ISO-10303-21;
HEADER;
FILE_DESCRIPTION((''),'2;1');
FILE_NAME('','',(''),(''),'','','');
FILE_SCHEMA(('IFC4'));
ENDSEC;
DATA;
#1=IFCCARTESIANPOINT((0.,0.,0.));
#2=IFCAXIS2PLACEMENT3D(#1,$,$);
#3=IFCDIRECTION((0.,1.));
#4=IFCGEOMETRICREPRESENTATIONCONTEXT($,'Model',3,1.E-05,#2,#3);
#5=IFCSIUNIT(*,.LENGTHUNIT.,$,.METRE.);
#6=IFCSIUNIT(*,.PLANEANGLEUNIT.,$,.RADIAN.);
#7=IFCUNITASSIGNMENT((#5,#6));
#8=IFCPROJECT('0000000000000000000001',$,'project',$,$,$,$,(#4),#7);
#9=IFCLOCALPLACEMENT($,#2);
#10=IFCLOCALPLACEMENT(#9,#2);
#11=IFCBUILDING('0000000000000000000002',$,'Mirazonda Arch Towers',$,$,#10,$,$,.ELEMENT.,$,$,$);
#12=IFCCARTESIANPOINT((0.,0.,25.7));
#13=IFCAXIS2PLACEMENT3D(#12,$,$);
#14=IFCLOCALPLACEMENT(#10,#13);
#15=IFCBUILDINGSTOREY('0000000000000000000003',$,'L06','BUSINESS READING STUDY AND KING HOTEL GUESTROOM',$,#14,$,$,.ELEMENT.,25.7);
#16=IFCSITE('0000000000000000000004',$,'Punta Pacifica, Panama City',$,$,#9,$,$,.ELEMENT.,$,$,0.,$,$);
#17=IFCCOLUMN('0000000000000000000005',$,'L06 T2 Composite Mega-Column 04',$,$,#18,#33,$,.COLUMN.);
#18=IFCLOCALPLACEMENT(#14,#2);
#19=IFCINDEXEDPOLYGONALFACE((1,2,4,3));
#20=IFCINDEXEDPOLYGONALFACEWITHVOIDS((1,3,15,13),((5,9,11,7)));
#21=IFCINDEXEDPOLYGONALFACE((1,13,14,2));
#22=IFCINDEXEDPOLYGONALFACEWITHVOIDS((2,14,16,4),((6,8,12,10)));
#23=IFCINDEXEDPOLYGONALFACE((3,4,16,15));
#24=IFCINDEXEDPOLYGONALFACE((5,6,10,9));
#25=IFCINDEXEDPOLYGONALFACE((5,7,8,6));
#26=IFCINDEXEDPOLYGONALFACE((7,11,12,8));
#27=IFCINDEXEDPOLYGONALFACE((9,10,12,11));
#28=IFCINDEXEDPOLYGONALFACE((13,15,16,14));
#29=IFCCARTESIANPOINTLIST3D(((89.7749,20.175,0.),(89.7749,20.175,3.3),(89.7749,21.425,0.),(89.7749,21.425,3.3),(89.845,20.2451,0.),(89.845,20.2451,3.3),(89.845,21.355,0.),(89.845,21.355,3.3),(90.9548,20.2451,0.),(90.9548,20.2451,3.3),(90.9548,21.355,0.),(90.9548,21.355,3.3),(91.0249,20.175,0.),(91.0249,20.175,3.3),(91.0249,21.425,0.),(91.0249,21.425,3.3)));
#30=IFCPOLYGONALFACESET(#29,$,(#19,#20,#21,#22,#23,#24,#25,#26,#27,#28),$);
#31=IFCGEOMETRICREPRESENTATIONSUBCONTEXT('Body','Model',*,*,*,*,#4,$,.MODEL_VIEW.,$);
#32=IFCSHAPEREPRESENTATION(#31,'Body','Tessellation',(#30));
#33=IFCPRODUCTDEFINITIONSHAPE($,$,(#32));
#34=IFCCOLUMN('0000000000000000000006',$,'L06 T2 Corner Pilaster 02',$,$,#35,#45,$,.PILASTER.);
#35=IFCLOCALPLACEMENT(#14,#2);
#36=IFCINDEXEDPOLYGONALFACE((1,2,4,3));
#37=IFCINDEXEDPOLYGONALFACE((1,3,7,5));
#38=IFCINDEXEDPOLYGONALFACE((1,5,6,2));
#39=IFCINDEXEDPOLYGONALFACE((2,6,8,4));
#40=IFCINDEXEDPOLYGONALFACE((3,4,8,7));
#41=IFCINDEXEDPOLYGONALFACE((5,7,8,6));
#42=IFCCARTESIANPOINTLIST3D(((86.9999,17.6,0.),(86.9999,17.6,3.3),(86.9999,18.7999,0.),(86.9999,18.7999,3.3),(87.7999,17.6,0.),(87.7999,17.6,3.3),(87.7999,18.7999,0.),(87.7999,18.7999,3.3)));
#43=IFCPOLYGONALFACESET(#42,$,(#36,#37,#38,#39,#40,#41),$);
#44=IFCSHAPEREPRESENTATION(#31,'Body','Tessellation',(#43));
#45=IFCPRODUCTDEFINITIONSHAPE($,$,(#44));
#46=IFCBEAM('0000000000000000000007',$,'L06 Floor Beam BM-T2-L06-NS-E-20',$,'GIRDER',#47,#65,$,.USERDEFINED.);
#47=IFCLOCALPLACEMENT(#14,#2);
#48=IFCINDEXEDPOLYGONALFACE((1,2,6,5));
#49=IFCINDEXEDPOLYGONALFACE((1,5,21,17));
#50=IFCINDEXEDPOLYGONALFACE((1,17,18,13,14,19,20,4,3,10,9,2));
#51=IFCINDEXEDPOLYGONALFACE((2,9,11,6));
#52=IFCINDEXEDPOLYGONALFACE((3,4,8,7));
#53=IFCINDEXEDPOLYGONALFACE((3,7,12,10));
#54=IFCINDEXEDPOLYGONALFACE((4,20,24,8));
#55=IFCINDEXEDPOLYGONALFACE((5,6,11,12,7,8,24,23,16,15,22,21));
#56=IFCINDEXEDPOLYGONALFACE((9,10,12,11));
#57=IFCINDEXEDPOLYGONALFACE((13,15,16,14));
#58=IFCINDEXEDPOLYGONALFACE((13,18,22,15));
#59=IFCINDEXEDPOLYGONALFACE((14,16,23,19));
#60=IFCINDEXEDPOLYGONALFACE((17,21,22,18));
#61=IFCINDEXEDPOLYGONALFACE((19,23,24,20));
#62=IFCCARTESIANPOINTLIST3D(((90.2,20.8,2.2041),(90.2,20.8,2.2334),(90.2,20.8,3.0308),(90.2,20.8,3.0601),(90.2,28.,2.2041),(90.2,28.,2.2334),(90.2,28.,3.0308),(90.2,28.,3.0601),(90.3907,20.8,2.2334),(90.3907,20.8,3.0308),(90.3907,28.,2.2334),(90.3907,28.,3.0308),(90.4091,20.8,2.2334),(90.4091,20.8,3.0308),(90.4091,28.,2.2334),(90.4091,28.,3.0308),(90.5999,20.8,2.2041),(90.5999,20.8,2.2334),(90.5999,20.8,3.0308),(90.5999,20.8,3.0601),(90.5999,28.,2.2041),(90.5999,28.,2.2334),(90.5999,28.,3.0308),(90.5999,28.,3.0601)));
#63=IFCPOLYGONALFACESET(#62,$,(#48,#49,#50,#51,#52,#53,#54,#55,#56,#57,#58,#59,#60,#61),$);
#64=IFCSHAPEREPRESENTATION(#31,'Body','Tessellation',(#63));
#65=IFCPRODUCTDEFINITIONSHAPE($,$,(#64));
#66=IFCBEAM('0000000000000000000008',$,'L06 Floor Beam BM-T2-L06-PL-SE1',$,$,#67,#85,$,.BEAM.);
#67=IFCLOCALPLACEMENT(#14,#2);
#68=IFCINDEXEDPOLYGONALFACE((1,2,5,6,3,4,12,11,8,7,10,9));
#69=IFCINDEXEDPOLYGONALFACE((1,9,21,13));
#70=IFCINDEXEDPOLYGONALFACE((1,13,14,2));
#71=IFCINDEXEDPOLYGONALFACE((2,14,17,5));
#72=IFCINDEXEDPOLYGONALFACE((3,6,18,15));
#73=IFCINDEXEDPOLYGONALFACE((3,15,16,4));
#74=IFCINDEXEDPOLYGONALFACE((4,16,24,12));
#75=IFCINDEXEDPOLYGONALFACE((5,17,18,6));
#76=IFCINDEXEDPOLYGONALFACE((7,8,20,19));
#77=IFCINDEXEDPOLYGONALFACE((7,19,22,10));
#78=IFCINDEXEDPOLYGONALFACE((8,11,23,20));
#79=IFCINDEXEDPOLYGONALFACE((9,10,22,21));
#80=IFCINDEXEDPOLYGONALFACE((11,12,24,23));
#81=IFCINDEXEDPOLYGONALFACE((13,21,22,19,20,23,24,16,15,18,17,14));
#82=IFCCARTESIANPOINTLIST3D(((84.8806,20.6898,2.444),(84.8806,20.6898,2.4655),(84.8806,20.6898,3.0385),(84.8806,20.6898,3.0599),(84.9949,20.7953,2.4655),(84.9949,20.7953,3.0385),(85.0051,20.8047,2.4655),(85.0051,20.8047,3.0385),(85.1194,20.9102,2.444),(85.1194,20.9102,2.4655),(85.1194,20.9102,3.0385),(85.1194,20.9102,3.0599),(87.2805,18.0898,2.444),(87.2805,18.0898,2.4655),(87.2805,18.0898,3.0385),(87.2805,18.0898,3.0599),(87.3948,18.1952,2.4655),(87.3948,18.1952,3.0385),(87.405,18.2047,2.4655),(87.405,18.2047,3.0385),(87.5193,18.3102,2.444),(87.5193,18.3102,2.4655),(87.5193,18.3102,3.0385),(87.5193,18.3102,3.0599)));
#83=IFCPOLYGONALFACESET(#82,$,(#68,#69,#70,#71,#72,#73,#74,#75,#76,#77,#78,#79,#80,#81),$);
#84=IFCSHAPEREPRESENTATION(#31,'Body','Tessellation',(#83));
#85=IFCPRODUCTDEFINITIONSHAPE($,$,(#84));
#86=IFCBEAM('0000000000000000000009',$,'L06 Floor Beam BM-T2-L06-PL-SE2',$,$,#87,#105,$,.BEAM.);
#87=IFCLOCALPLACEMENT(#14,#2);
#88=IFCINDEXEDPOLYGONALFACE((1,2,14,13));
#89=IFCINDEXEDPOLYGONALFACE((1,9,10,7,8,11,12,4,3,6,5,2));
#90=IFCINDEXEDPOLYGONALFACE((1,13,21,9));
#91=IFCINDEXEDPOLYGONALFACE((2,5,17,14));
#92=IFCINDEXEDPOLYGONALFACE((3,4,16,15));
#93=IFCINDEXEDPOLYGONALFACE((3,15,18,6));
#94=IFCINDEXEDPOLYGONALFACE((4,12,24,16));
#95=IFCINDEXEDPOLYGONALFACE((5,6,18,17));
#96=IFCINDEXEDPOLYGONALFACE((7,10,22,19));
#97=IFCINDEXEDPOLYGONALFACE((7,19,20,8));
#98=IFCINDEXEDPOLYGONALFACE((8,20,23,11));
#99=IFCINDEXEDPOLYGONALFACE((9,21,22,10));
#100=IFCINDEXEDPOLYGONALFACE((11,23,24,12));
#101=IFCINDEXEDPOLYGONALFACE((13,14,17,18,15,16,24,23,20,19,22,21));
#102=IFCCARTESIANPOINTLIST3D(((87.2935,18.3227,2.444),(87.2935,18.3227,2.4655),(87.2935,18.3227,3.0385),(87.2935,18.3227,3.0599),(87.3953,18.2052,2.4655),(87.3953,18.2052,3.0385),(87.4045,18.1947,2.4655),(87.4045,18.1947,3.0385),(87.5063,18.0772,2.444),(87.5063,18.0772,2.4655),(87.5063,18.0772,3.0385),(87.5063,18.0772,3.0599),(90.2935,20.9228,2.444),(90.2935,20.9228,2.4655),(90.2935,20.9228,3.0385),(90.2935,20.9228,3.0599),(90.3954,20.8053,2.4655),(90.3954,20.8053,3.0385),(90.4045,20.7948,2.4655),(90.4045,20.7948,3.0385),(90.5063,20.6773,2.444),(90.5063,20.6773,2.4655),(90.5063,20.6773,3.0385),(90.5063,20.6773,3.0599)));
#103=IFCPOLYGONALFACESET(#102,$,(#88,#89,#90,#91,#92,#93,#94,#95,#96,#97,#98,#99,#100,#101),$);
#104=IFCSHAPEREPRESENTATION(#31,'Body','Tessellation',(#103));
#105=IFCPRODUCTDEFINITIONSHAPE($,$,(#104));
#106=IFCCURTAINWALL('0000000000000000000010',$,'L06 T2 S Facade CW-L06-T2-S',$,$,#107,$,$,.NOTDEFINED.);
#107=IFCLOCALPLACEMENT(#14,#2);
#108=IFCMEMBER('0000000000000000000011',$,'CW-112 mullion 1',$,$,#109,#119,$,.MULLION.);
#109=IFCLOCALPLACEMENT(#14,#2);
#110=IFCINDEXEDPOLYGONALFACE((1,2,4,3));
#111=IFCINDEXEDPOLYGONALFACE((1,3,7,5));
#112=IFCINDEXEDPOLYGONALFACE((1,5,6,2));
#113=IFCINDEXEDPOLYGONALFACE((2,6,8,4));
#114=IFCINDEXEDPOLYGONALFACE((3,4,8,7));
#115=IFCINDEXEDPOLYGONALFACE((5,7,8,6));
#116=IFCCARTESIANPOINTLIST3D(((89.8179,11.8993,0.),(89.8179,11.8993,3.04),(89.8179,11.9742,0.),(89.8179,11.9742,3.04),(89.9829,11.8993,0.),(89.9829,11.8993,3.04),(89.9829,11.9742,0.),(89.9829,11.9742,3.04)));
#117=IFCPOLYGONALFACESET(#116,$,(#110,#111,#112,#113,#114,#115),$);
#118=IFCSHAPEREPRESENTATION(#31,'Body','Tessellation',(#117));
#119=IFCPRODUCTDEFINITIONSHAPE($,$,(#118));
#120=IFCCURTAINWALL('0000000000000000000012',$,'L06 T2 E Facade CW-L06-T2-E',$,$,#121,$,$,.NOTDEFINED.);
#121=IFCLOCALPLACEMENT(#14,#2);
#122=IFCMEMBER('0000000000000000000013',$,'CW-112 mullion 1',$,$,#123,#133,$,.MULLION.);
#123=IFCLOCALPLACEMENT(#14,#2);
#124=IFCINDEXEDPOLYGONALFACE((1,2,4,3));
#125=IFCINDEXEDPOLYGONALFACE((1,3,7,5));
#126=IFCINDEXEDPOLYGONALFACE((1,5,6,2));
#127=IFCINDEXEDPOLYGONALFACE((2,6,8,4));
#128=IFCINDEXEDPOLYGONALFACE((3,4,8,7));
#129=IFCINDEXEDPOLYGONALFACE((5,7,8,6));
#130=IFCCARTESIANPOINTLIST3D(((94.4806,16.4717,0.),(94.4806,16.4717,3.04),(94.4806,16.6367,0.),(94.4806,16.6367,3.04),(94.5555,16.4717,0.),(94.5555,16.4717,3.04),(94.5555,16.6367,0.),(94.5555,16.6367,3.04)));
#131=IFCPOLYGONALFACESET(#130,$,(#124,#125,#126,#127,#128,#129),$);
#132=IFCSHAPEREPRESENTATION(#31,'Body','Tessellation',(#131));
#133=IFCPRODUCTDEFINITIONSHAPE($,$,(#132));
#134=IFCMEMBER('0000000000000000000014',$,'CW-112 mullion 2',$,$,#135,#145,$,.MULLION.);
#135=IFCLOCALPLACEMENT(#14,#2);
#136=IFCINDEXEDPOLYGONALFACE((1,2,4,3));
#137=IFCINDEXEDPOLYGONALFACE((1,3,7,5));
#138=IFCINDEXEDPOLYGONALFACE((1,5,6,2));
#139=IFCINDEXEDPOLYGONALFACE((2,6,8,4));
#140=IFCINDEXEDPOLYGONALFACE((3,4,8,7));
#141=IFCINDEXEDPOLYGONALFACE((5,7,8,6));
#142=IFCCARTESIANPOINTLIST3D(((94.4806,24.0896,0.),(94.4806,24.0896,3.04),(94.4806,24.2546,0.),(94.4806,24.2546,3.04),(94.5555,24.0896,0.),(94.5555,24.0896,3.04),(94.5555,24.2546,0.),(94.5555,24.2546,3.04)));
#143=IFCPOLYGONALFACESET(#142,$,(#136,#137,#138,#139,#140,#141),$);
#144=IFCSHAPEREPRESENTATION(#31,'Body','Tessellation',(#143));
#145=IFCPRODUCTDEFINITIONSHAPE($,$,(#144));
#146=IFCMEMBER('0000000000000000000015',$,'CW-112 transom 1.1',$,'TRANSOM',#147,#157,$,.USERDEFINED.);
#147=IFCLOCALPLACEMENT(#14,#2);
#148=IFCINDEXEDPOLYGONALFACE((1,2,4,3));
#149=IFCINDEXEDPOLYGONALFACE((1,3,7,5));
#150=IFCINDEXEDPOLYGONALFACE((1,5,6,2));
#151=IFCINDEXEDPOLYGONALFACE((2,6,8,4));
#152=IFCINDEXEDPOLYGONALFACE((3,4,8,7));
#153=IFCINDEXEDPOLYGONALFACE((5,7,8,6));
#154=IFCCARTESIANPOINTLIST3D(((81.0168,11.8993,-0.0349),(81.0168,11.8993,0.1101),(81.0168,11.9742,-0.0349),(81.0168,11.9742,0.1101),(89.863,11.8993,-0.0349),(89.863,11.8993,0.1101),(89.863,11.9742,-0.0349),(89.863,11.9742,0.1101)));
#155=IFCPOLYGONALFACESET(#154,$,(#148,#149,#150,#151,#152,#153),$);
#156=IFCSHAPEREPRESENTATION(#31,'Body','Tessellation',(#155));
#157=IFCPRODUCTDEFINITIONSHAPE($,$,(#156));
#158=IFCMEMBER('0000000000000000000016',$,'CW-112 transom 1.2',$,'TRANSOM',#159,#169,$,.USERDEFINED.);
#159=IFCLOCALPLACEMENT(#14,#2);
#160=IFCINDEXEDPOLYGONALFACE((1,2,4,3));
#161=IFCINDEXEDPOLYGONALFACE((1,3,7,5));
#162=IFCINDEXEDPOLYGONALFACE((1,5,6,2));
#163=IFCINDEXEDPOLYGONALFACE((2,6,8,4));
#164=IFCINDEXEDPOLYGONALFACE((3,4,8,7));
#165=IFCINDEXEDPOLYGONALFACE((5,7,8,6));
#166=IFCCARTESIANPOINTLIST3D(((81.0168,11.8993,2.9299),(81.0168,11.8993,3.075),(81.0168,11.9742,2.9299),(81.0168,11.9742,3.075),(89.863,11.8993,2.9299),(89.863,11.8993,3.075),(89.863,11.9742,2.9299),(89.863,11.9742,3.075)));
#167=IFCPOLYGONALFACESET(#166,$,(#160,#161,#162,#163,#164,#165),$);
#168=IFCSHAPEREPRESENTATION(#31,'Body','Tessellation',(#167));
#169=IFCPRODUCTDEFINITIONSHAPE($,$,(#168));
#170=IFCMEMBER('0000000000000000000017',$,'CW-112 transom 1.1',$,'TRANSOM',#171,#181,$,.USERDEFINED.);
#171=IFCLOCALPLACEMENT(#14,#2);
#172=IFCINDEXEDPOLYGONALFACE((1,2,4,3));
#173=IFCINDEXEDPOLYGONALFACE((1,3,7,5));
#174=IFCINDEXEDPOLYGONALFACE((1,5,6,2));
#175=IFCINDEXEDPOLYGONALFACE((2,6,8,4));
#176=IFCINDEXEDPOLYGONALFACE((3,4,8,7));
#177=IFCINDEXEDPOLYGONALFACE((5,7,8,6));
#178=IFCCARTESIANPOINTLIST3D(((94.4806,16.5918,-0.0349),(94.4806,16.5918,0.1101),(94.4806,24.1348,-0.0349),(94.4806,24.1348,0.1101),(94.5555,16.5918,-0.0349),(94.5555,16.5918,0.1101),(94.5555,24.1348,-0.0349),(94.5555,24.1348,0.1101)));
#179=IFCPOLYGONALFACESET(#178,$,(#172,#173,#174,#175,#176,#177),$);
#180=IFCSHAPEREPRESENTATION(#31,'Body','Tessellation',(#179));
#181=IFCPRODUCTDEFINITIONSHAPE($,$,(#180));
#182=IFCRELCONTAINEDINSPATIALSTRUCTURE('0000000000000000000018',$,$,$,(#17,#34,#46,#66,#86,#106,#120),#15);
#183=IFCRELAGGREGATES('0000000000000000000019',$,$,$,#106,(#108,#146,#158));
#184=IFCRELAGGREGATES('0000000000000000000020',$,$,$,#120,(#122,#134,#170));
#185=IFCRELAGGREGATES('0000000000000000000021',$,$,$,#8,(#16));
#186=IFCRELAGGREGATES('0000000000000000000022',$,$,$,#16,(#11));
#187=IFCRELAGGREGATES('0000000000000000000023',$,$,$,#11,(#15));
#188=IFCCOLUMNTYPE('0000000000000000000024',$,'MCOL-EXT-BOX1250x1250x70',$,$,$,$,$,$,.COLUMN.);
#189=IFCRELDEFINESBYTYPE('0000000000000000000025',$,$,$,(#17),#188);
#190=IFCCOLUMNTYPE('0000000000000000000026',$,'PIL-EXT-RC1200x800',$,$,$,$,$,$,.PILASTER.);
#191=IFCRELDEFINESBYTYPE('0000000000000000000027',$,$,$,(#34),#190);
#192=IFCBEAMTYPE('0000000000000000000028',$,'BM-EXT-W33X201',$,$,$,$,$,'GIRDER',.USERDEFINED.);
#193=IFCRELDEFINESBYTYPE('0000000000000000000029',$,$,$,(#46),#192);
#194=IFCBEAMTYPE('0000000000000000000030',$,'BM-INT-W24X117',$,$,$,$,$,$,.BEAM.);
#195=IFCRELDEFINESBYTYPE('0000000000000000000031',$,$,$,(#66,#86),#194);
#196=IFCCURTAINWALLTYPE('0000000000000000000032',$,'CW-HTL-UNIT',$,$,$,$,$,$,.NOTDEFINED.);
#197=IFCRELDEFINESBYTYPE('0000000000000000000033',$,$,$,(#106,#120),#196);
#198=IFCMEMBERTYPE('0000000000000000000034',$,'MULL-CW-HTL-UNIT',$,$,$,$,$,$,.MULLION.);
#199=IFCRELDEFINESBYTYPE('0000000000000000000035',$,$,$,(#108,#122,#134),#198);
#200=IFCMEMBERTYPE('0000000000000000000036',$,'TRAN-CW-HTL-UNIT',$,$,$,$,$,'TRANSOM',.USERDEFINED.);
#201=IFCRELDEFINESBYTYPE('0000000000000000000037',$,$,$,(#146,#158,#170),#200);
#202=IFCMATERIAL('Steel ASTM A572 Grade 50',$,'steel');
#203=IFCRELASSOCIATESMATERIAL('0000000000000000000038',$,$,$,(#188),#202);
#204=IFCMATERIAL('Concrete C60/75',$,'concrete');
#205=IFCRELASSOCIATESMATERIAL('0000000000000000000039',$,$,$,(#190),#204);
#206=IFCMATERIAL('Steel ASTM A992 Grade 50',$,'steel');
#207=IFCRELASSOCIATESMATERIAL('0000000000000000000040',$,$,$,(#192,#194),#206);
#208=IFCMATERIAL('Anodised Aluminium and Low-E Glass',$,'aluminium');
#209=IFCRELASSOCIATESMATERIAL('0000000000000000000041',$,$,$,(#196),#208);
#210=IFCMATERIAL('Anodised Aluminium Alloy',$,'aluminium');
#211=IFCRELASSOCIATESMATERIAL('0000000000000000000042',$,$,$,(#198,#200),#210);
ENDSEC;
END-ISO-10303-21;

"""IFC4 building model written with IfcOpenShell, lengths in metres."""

from ifc_helpers import new_model, si_unit, direction, frame, origin, origin_2d, place, context, subcontext, project, spatial, rectangle, hollow_rectangle, i_section, extrude, material, material_profile, profile_set, type_object, element, aggregate, save


model = new_model("IFC4")

# Units and contexts
model_context = context("Model", 3, precision=1e-05, world=origin(), true_north=direction((0.0, 1.0)))
body_context = subcontext(model_context, "Body", "Model", "MODEL_VIEW")
ifc_project = project(units=[si_unit("LENGTHUNIT", "METRE"), si_unit("PLANEANGLEUNIT", "RADIAN")], contexts=[model_context])

# Site, building, storey
site_placement = place(None, origin())
site = spatial("IfcSite", under=ifc_project, at=site_placement, Name="Punta Pacifica, Panama City", CompositionType="ELEMENT", RefElevation=0.0)
building_placement = place(site_placement, origin())
building = spatial("IfcBuilding", under=site, at=building_placement, Name="Mirazonda Arch Towers", CompositionType="ELEMENT")
storey_placement = place(building_placement, frame((0.0, 0.0, 25.7)))
storey = spatial("IfcBuildingStorey", under=building, at=storey_placement, Name="L06", Description="BUSINESS READING STUDY AND KING HOTEL GUESTROOM", CompositionType="ELEMENT", Elevation=25.7)

# Columns
ifc_material_1 = material(Name="Steel ASTM A572 Grade 50", Category="steel")
ifc_material_profile_1 = material_profile(ifc_material_1, hollow_rectangle(XDim=1.25, YDim=1.25, WallThickness=0.0701, at=origin_2d()), Name="BOX1250x1250x70")
ifc_profile_set_1 = profile_set([ifc_material_profile_1], Name="Steel ASTM A572 Grade 50")
column_type_1 = type_object("IfcColumnType", Name="MCOL-EXT-BOX1250x1250x70", PredefinedType="COLUMN", material=ifc_profile_set_1)
column_1_placement = place(storey_placement, frame((90.3999, 20.8, 0.0), z_axis=(0.0, 0.0, 1.0), x_axis=(1.0, 0.0, 0.0)))
element("IfcColumn", 1, at=column_1_placement, inside=storey, type_object=column_type_1, Name="L06 T2 Composite Mega-Column 04", PredefinedType="COLUMN", context=body_context, shape_type="SweptSolid", body=[
    extrude(hollow_rectangle(XDim=1.25, YDim=1.25, WallThickness=0.0701, at=origin_2d()), origin(), (0.0, 0.0, 1.0), 3.3),
])
ifc_material_2 = material(Name="Concrete C60/75", Category="concrete")
ifc_material_profile_2 = material_profile(ifc_material_2, rectangle(XDim=0.8, YDim=1.2, at=origin_2d()), Name="RC1200x800")
ifc_profile_set_2 = profile_set([ifc_material_profile_2], Name="Concrete C60/75")
column_type_2 = type_object("IfcColumnType", Name="PIL-EXT-RC1200x800", PredefinedType="PILASTER", material=ifc_profile_set_2)
column_2_placement = place(storey_placement, frame((87.3999, 18.2, 0.0), z_axis=(0.0, 0.0, 1.0), x_axis=(1.0, 0.0, 0.0)))
element("IfcColumn", 2, at=column_2_placement, inside=storey, type_object=column_type_2, Name="L06 T2 Corner Pilaster 02", PredefinedType="PILASTER", context=body_context, shape_type="SweptSolid", body=[
    extrude(rectangle(XDim=0.8, YDim=1.2, at=origin_2d()), origin(), (0.0, 0.0, 1.0), 3.3),
])

# Beams
ifc_material_3 = material(Name="Steel ASTM A992 Grade 50", Category="steel")
ifc_material_profile_3 = material_profile(ifc_material_3, i_section(OverallWidth=0.3999, OverallDepth=0.856, WebThickness=0.0183, FlangeThickness=0.0293, at=origin_2d()), Name="W33X201")
ifc_profile_set_3 = profile_set([ifc_material_profile_3], Name="Steel ASTM A992 Grade 50")
beam_type_1 = type_object("IfcBeamType", Name="BM-EXT-W33X201", ElementType="GIRDER", PredefinedType="USERDEFINED", material=ifc_profile_set_3)
beam_1_placement = place(storey_placement, frame((90.3999, 20.8, 2.6321), z_axis=(0.0, 1.0, 0.0), x_axis=(-1.0, 0.0, 0.0)))
element("IfcBeam", 3, at=beam_1_placement, inside=storey, type_object=beam_type_1, Name="L06 Floor Beam BM-T2-L06-NS-E-20", ObjectType="GIRDER", PredefinedType="USERDEFINED", context=body_context, shape_type="SweptSolid", body=[
    extrude(i_section(OverallWidth=0.3999, OverallDepth=0.856, WebThickness=0.0183, FlangeThickness=0.0293, at=origin_2d()), origin(), (0.0, 0.0, 1.0), 7.2),
])
ifc_material_profile_4 = material_profile(ifc_material_3, i_section(OverallWidth=0.325, OverallDepth=0.616, WebThickness=0.0139, FlangeThickness=0.0215, at=origin_2d()), Name="W24X117")
ifc_profile_set_4 = profile_set([ifc_material_profile_4], Name="Steel ASTM A992 Grade 50")
beam_type_2 = type_object("IfcBeamType", Name="BM-INT-W24X117", PredefinedType="BEAM", material=ifc_profile_set_4)
beam_2_placement = place(storey_placement, frame((87.3999, 18.2, 2.752), z_axis=(-0.678251, 0.73483, 0.0), x_axis=(-0.73483, -0.678251, 0.0)))
element("IfcBeam", 4, at=beam_2_placement, inside=storey, type_object=beam_type_2, Name="L06 Floor Beam BM-T2-L06-PL-SE1", PredefinedType="BEAM", context=body_context, shape_type="SweptSolid", body=[
    extrude(i_section(OverallWidth=0.325, OverallDepth=0.616, WebThickness=0.0139, FlangeThickness=0.0215, at=origin_2d()), origin(), (0.0, 0.0, 1.0), 3.5383),
])
beam_3_placement = place(storey_placement, frame((87.3999, 18.2, 2.752), z_axis=(0.755677, 0.654945, 0.0), x_axis=(-0.654945, 0.755677, 0.0)))
element("IfcBeam", 5, at=beam_3_placement, inside=storey, type_object=beam_type_2, Name="L06 Floor Beam BM-T2-L06-PL-SE2", PredefinedType="BEAM", context=body_context, shape_type="SweptSolid", body=[
    extrude(i_section(OverallWidth=0.325, OverallDepth=0.616, WebThickness=0.0139, FlangeThickness=0.0215, at=origin_2d()), origin(), (0.0, 0.0, 1.0), 3.97),
])

# Curtain wall, member
ifc_material_4 = material(Name="Anodised Aluminium and Low-E Glass", Category="aluminium")
curtain_wall_type = type_object("IfcCurtainWallType", Name="CW-HTL-UNIT", PredefinedType="NOTDEFINED", material=ifc_material_4)
curtain_wall_1_placement = place(storey_placement, origin())
curtain_wall_1 = element("IfcCurtainWall", 6, at=curtain_wall_1_placement, inside=storey, type_object=curtain_wall_type, Name="L06 T2 S Facade CW-L06-T2-S", PredefinedType="NOTDEFINED")
ifc_material_5 = material(Name="Anodised Aluminium Alloy", Category="aluminium")
ifc_material_profile_5 = material_profile(ifc_material_5, rectangle(XDim=0.075, YDim=0.165, at=origin_2d()), Name="ALU-MULL-75x165")
ifc_profile_set_5 = profile_set([ifc_material_profile_5], Name="Anodised Aluminium Alloy")
member_type_1 = type_object("IfcMemberType", Name="MULL-CW-HTL-UNIT", PredefinedType="MULLION", material=ifc_profile_set_5)
member_1_placement = place(storey_placement, frame((89.9004, 11.9368, 0.0), z_axis=(0.0, 0.0, 1.0), x_axis=(0.0, -1.0, 0.0)))
member_1 = element("IfcMember", 7, at=member_1_placement, type_object=member_type_1, Name="CW-112 mullion 1", PredefinedType="MULLION", context=body_context, shape_type="SweptSolid", body=[
    extrude(rectangle(XDim=0.075, YDim=0.165, at=origin_2d()), origin(), (0.0, 0.0, 1.0), 3.04),
])

# Curtain wall, members
curtain_wall_2_placement = place(storey_placement, origin())
curtain_wall_2 = element("IfcCurtainWall", 8, at=curtain_wall_2_placement, inside=storey, type_object=curtain_wall_type, Name="L06 T2 E Facade CW-L06-T2-E", PredefinedType="NOTDEFINED")
member_2_placement = place(storey_placement, frame((94.5181, 16.5542, 0.0), z_axis=(0.0, 0.0, 1.0), x_axis=(-1.0, 0.0, 0.0)))
member_2 = element("IfcMember", 9, at=member_2_placement, type_object=member_type_1, Name="CW-112 mullion 1", PredefinedType="MULLION", context=body_context, shape_type="SweptSolid", body=[
    extrude(rectangle(XDim=0.075, YDim=0.165, at=origin_2d()), origin(), (0.0, 0.0, 1.0), 3.04),
])
member_3_placement = place(storey_placement, frame((94.5181, 24.1721, 0.0), z_axis=(0.0, 0.0, 1.0), x_axis=(-1.0, 0.0, 0.0)))
member_3 = element("IfcMember", 10, at=member_3_placement, type_object=member_type_1, Name="CW-112 mullion 2", PredefinedType="MULLION", context=body_context, shape_type="SweptSolid", body=[
    extrude(rectangle(XDim=0.075, YDim=0.165, at=origin_2d()), origin(), (0.0, 0.0, 1.0), 3.04),
])

# Members
ifc_material_profile_6 = material_profile(ifc_material_5, rectangle(XDim=0.075, YDim=0.145, at=origin_2d()), Name="ALU-TRAN-75x145")
ifc_profile_set_6 = profile_set([ifc_material_profile_6], Name="Anodised Aluminium Alloy")
member_type_2 = type_object("IfcMemberType", Name="TRAN-CW-HTL-UNIT", ElementType="TRANSOM", PredefinedType="USERDEFINED", material=ifc_profile_set_6)
member_4_placement = place(storey_placement, frame((89.863, 11.9368, 0.0376), z_axis=(-1.0, 0.0, 0.0), x_axis=(0.0, -1.0, 0.0)))
member_4 = element("IfcMember", 11, at=member_4_placement, type_object=member_type_2, Name="CW-112 transom 1.1", ObjectType="TRANSOM", PredefinedType="USERDEFINED", context=body_context, shape_type="SweptSolid", body=[
    extrude(rectangle(XDim=0.075, YDim=0.145, at=origin_2d()), origin(), (0.0, 0.0, 1.0), 8.8462),
])
member_5_placement = place(storey_placement, frame((89.863, 11.9368, 3.0024), z_axis=(-1.0, 0.0, 0.0), x_axis=(0.0, -1.0, 0.0)))
member_5 = element("IfcMember", 12, at=member_5_placement, type_object=member_type_2, Name="CW-112 transom 1.2", ObjectType="TRANSOM", PredefinedType="USERDEFINED", context=body_context, shape_type="SweptSolid", body=[
    extrude(rectangle(XDim=0.075, YDim=0.145, at=origin_2d()), origin(), (0.0, 0.0, 1.0), 8.8462),
])
member_6_placement = place(storey_placement, frame((94.5181, 16.5918, 0.0376), z_axis=(0.0, 1.0, 0.0), x_axis=(-1.0, 0.0, 0.0)))
member_6 = element("IfcMember", 13, at=member_6_placement, type_object=member_type_2, Name="CW-112 transom 1.1", ObjectType="TRANSOM", PredefinedType="USERDEFINED", context=body_context, shape_type="SweptSolid", body=[
    extrude(rectangle(XDim=0.075, YDim=0.145, at=origin_2d()), origin(), (0.0, 0.0, 1.0), 7.543),
])

aggregate(curtain_wall_1, [member_1, member_4, member_5])
aggregate(curtain_wall_2, [member_2, member_3, member_6])

save(model, "model.ifc")
